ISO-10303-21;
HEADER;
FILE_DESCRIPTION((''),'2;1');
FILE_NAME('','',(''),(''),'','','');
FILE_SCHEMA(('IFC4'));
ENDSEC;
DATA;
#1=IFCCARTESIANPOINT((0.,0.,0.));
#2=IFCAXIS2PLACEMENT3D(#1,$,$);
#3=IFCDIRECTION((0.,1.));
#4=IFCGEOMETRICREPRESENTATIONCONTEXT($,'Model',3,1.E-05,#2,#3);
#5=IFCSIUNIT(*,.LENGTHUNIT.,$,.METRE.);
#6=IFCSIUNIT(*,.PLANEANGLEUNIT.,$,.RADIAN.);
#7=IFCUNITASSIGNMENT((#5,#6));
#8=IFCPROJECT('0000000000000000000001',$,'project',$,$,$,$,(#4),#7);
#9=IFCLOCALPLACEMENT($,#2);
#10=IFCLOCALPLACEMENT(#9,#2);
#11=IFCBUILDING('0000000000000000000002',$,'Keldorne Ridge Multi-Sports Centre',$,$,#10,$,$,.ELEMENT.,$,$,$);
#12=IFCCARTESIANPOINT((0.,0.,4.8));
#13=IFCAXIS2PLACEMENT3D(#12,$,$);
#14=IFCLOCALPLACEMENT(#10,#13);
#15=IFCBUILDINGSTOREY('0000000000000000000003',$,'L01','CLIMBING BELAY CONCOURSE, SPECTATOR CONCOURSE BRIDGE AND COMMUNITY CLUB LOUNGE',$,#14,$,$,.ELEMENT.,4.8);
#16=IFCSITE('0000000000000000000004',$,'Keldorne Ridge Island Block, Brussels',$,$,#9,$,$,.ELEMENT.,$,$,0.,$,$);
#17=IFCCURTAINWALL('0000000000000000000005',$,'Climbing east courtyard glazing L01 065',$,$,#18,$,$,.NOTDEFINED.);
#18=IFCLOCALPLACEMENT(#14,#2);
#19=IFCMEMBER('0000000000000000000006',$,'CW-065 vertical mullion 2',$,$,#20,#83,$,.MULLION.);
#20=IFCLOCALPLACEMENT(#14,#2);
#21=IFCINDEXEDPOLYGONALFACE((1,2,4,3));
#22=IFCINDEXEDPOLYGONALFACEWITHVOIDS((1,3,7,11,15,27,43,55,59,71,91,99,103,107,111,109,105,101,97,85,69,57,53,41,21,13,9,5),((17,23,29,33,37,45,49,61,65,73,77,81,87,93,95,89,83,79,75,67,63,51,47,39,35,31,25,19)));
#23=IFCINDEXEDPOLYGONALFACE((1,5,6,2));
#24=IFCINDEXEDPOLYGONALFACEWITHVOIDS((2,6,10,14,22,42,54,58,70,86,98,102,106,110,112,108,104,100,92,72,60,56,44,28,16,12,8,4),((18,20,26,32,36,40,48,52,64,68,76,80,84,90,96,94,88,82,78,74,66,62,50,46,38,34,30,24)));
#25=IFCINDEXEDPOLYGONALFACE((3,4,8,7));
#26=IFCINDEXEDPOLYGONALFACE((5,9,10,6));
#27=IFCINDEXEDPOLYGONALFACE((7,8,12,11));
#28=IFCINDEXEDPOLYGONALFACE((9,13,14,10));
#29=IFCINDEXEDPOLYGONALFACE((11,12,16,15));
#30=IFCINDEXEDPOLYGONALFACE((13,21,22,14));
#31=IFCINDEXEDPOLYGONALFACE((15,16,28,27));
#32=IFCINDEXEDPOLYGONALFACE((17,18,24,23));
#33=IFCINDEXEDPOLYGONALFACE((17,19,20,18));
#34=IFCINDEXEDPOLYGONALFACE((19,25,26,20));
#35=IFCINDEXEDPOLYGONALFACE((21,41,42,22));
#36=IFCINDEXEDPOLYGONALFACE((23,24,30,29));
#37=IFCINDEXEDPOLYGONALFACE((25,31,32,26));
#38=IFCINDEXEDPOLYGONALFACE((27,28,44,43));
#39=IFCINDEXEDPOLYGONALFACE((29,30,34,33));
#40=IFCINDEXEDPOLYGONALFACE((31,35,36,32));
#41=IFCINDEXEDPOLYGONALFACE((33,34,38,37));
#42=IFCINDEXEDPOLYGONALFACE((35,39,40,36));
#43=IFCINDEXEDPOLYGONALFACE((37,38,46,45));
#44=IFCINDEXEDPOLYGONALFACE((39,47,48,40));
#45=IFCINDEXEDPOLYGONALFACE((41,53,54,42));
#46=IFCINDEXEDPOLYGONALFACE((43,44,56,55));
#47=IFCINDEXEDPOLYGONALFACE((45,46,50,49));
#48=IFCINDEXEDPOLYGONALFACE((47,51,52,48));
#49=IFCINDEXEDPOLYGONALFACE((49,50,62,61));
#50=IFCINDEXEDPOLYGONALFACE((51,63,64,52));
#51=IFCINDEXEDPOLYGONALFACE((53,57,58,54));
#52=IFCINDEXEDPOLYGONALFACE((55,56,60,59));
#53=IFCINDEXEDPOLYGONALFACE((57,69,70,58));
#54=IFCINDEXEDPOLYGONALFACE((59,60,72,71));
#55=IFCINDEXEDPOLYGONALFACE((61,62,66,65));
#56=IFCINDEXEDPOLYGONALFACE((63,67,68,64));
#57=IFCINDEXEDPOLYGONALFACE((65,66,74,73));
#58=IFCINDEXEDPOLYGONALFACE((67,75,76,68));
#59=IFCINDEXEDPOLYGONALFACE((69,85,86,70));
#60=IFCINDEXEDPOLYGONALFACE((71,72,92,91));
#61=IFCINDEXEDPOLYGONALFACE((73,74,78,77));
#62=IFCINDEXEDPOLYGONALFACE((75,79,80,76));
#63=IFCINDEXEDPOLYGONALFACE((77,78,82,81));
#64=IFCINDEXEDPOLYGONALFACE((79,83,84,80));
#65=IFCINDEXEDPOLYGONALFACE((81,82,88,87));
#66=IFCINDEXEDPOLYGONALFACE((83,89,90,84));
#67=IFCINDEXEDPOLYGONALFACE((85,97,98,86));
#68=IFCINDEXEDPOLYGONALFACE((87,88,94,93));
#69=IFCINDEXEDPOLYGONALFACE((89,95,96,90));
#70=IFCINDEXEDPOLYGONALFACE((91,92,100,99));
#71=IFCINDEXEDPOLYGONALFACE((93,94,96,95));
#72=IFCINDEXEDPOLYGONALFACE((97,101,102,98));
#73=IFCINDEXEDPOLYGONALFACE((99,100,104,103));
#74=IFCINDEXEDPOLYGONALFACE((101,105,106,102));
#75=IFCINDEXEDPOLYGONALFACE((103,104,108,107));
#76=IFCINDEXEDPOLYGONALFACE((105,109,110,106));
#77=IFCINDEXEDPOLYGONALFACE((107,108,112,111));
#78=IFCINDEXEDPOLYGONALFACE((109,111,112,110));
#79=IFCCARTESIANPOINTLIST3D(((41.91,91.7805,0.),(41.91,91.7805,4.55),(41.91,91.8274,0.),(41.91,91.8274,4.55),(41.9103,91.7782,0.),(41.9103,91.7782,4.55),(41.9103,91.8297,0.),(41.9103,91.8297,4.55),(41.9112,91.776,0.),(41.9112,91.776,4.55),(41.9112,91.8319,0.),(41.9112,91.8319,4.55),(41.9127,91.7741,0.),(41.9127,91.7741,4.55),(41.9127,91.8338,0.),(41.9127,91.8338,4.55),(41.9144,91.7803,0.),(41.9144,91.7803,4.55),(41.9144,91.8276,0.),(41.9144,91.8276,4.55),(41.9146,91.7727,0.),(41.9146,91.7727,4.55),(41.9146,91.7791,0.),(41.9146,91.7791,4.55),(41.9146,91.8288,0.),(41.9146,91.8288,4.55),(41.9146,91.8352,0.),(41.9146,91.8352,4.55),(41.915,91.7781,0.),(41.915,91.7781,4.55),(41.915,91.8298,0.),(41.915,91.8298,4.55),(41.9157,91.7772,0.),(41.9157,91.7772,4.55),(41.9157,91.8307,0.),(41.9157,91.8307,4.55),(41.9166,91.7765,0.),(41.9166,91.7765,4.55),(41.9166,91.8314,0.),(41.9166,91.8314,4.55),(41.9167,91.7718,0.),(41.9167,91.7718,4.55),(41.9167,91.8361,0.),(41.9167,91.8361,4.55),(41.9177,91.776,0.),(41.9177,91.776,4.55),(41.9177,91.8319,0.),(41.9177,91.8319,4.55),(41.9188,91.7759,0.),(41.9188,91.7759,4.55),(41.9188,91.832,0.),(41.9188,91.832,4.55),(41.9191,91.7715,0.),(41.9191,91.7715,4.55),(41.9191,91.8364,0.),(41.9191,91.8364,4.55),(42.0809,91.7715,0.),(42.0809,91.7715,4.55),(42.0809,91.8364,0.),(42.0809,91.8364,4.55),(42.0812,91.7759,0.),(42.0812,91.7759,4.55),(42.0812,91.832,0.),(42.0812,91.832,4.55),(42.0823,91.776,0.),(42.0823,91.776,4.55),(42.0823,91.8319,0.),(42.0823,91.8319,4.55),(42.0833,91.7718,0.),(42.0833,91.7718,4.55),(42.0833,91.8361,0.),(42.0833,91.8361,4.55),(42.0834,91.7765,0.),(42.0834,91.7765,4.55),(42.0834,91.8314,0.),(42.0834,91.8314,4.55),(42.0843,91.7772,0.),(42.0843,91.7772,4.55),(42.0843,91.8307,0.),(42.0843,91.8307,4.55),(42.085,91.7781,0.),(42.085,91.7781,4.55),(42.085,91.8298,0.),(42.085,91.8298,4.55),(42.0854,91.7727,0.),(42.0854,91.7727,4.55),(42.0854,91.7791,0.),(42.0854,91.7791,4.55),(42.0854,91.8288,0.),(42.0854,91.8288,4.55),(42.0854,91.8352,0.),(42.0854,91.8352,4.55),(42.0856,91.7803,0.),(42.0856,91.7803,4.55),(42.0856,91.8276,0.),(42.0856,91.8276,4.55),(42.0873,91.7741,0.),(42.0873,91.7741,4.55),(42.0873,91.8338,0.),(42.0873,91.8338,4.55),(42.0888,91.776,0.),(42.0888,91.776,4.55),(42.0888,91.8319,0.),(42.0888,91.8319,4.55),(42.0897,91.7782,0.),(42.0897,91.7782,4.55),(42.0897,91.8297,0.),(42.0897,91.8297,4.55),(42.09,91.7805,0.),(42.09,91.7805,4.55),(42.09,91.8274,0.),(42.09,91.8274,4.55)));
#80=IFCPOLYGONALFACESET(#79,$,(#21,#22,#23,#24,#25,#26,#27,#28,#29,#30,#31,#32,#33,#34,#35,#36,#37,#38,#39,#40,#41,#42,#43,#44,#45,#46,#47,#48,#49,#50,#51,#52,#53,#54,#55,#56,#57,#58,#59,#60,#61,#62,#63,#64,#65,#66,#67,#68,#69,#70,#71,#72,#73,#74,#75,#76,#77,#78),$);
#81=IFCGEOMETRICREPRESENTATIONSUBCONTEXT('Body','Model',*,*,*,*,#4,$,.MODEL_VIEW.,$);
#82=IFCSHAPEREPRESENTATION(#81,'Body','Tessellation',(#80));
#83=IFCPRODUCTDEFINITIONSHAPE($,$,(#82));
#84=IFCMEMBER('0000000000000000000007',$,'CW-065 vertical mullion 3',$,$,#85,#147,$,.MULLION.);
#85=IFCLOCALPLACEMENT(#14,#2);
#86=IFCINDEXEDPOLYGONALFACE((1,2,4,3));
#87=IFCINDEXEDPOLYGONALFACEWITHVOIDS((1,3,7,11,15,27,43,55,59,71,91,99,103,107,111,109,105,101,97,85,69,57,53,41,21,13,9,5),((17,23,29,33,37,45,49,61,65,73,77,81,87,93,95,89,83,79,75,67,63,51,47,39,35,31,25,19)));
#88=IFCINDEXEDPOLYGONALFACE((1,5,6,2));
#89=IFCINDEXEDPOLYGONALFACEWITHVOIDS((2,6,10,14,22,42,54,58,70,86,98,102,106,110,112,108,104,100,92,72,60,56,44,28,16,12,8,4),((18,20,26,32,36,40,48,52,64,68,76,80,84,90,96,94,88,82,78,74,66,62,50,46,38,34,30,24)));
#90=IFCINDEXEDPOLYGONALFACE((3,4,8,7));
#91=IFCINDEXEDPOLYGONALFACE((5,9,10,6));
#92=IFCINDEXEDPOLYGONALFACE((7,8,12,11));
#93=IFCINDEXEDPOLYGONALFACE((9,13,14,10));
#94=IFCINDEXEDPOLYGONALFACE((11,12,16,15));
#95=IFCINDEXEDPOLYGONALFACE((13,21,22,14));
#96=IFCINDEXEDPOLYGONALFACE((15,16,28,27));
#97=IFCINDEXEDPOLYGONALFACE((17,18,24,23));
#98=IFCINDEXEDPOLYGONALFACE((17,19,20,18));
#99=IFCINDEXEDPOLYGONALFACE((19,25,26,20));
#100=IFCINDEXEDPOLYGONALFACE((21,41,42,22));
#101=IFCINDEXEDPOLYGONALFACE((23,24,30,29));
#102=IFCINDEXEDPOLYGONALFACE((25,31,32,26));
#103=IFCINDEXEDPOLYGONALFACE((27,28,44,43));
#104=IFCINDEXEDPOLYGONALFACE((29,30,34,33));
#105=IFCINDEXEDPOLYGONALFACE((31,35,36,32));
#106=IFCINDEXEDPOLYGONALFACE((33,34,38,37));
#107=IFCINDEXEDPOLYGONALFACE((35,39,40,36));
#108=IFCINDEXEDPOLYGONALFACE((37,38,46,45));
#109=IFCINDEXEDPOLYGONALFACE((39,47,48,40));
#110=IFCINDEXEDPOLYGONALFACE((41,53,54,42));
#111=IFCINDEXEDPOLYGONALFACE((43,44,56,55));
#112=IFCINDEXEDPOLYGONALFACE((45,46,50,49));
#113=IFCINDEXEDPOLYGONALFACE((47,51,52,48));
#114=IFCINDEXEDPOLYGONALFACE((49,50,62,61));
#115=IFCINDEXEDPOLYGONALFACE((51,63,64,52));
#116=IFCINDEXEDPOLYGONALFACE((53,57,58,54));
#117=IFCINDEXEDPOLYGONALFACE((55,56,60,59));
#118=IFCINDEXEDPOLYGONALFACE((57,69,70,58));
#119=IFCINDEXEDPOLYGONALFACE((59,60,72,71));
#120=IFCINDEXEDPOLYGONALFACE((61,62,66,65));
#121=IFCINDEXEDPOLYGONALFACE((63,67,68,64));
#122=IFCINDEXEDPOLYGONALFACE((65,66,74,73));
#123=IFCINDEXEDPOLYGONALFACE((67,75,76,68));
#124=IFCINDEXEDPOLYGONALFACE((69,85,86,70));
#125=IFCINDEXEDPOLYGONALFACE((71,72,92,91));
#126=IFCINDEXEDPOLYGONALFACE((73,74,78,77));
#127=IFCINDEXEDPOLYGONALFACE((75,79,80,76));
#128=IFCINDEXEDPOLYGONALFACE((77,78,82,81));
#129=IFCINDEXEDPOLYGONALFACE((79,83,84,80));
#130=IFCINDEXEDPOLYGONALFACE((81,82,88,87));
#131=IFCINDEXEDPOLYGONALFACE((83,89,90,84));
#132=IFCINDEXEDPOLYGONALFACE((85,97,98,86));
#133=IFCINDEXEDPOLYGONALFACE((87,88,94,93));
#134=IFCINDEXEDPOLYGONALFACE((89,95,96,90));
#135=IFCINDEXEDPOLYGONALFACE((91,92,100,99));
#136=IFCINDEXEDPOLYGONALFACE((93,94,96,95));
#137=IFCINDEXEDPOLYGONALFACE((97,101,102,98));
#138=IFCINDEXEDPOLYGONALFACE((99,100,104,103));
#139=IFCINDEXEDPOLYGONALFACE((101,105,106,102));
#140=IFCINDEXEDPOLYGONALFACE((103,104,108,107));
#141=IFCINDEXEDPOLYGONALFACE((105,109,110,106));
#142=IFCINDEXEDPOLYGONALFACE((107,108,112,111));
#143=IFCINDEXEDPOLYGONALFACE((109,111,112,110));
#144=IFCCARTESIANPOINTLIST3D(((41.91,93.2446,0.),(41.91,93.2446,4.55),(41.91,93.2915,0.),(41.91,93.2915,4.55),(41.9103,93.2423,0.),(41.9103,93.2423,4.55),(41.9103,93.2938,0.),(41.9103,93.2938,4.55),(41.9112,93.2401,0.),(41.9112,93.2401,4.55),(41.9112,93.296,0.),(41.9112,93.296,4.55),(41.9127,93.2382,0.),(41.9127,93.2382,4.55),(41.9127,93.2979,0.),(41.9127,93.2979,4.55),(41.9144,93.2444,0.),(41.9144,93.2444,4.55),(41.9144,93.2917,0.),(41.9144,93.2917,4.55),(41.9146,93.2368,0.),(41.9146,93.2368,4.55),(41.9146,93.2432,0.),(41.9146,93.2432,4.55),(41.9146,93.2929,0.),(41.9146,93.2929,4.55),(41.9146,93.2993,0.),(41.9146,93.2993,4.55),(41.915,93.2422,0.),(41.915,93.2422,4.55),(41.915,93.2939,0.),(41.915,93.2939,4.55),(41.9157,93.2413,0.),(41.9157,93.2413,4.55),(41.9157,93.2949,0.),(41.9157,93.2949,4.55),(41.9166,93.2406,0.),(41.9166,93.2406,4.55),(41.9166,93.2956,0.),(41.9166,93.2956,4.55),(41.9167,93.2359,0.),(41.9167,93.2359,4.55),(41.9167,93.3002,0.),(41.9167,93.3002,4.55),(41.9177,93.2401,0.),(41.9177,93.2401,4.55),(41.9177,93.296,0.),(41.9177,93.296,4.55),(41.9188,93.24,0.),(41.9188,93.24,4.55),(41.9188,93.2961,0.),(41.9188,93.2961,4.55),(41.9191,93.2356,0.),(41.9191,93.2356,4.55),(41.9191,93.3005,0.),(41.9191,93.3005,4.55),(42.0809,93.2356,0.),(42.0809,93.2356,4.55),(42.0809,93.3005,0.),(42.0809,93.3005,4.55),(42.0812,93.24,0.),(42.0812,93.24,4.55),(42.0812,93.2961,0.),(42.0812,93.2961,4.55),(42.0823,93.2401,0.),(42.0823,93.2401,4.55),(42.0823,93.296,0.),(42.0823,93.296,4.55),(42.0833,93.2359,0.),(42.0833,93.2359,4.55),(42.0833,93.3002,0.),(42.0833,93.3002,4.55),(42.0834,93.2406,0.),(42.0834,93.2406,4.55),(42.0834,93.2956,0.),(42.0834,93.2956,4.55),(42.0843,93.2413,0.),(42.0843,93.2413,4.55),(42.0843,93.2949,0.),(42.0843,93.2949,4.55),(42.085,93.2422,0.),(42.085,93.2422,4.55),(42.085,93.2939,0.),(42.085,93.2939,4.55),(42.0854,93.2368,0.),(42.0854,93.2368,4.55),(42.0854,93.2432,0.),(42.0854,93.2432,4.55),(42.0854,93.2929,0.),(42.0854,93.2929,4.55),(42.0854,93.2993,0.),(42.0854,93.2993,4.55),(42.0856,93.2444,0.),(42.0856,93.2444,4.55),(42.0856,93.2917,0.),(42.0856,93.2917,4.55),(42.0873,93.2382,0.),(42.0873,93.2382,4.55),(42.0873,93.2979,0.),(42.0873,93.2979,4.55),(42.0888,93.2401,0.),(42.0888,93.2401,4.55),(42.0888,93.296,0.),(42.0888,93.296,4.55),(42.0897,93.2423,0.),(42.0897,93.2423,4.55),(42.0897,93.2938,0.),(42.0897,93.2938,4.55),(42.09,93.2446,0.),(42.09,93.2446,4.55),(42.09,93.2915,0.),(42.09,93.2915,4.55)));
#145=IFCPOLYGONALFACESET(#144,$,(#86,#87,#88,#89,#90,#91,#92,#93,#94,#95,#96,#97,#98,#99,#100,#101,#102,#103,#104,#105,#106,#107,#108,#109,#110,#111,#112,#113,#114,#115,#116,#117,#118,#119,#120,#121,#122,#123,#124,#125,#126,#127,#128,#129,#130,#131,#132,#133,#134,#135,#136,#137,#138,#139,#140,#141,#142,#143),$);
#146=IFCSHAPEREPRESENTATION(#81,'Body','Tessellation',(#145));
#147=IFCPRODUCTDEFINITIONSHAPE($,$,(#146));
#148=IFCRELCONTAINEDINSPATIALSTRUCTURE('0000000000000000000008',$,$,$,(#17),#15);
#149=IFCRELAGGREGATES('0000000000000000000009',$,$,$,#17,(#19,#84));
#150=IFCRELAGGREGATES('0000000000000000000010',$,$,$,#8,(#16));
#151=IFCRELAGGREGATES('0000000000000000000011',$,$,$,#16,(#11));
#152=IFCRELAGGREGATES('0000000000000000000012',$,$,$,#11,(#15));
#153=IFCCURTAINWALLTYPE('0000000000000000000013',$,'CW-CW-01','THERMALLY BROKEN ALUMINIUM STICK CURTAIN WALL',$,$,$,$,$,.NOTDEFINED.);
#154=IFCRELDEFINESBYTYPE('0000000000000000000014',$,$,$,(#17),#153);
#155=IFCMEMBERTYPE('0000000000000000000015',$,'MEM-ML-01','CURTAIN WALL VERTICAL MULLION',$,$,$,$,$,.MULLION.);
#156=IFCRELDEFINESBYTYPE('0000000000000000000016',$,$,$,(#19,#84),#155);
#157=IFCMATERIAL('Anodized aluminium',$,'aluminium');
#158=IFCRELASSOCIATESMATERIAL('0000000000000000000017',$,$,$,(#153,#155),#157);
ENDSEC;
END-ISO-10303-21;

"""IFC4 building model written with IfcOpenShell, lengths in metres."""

from ifc_helpers import new_model, si_unit, direction, frame, origin, origin_2d, place, context, subcontext, project, spatial, hollow_rectangle, extrude, material, material_profile, profile_set, type_object, element, aggregate, save


model = new_model("IFC4")

# Units and contexts
model_context = context("Model", 3, precision=1e-05, world=origin(), true_north=direction((0.0, 1.0)))
body_context = subcontext(model_context, "Body", "Model", "MODEL_VIEW")
ifc_project = project(units=[si_unit("LENGTHUNIT", "METRE"), si_unit("PLANEANGLEUNIT", "RADIAN")], contexts=[model_context])

# Site, building, storey
site_placement = place(None, origin())
site = spatial("IfcSite", under=ifc_project, at=site_placement, Name="Keldorne Ridge Island Block, Brussels", CompositionType="ELEMENT", RefElevation=0.0)
building_placement = place(site_placement, origin())
building = spatial("IfcBuilding", under=site, at=building_placement, Name="Keldorne Ridge Multi-Sports Centre", CompositionType="ELEMENT")
storey_placement = place(building_placement, frame((0.0, 0.0, 4.8)))
storey = spatial("IfcBuildingStorey", under=building, at=storey_placement, Name="L01", Description="CLIMBING BELAY CONCOURSE, SPECTATOR CONCOURSE BRIDGE AND COMMUNITY CLUB LOUNGE", CompositionType="ELEMENT", Elevation=4.8)

# Curtain wall, members
ifc_material_1 = material(Name="Anodized aluminium", Category="aluminium")
curtain_wall_type_1 = type_object("IfcCurtainWallType", Name="CW-CW-01", Description="THERMALLY BROKEN ALUMINIUM STICK CURTAIN WALL", PredefinedType="NOTDEFINED", material=ifc_material_1)
curtain_wall_1_placement = place(storey_placement, origin())
curtain_wall_1 = element("IfcCurtainWall", 1, at=curtain_wall_1_placement, inside=storey, type_object=curtain_wall_type_1, Name="Climbing east courtyard glazing L01 065", PredefinedType="NOTDEFINED")
ifc_material_profile_1 = material_profile(ifc_material_1, hollow_rectangle(XDim=0.0649, YDim=0.1799, WallThickness=0.0044, InnerFilletRadius=0.0044, OuterFilletRadius=0.009, at=origin_2d()), Name="ALU MULLION 180x65x4.5")
ifc_profile_set_1 = profile_set([ifc_material_profile_1], Name="Anodized aluminium")
member_type_1 = type_object("IfcMemberType", Name="MEM-ML-01", Description="CURTAIN WALL VERTICAL MULLION", PredefinedType="MULLION", material=ifc_profile_set_1)
member_1_placement = place(storey_placement, frame((42.0, 91.804, 0.0), z_axis=(0.0, 0.0, 1.0), x_axis=(0.0, 1.0, 0.0)))
member_1 = element("IfcMember", 2, at=member_1_placement, type_object=member_type_1, Name="CW-065 vertical mullion 2", PredefinedType="MULLION", context=body_context, shape_type="SweptSolid", body=[
    extrude(hollow_rectangle(XDim=0.0649, YDim=0.1799, WallThickness=0.0044, InnerFilletRadius=0.0044, OuterFilletRadius=0.009, at=origin_2d()), origin(), (0.0, 0.0, 1.0), 4.55),
])
member_2_placement = place(storey_placement, frame((42.0, 93.2681, 0.0), z_axis=(0.0, 0.0, 1.0), x_axis=(0.0, 1.0, 0.0)))
member_2 = element("IfcMember", 3, at=member_2_placement, type_object=member_type_1, Name="CW-065 vertical mullion 3", PredefinedType="MULLION", context=body_context, shape_type="SweptSolid", body=[
    extrude(hollow_rectangle(XDim=0.0649, YDim=0.1799, WallThickness=0.0044, InnerFilletRadius=0.0044, OuterFilletRadius=0.009, at=origin_2d()), origin(), (0.0, 0.0, 1.0), 4.55),
])
aggregate(curtain_wall_1, [member_1, member_2])

save(model, "model.ifc")
